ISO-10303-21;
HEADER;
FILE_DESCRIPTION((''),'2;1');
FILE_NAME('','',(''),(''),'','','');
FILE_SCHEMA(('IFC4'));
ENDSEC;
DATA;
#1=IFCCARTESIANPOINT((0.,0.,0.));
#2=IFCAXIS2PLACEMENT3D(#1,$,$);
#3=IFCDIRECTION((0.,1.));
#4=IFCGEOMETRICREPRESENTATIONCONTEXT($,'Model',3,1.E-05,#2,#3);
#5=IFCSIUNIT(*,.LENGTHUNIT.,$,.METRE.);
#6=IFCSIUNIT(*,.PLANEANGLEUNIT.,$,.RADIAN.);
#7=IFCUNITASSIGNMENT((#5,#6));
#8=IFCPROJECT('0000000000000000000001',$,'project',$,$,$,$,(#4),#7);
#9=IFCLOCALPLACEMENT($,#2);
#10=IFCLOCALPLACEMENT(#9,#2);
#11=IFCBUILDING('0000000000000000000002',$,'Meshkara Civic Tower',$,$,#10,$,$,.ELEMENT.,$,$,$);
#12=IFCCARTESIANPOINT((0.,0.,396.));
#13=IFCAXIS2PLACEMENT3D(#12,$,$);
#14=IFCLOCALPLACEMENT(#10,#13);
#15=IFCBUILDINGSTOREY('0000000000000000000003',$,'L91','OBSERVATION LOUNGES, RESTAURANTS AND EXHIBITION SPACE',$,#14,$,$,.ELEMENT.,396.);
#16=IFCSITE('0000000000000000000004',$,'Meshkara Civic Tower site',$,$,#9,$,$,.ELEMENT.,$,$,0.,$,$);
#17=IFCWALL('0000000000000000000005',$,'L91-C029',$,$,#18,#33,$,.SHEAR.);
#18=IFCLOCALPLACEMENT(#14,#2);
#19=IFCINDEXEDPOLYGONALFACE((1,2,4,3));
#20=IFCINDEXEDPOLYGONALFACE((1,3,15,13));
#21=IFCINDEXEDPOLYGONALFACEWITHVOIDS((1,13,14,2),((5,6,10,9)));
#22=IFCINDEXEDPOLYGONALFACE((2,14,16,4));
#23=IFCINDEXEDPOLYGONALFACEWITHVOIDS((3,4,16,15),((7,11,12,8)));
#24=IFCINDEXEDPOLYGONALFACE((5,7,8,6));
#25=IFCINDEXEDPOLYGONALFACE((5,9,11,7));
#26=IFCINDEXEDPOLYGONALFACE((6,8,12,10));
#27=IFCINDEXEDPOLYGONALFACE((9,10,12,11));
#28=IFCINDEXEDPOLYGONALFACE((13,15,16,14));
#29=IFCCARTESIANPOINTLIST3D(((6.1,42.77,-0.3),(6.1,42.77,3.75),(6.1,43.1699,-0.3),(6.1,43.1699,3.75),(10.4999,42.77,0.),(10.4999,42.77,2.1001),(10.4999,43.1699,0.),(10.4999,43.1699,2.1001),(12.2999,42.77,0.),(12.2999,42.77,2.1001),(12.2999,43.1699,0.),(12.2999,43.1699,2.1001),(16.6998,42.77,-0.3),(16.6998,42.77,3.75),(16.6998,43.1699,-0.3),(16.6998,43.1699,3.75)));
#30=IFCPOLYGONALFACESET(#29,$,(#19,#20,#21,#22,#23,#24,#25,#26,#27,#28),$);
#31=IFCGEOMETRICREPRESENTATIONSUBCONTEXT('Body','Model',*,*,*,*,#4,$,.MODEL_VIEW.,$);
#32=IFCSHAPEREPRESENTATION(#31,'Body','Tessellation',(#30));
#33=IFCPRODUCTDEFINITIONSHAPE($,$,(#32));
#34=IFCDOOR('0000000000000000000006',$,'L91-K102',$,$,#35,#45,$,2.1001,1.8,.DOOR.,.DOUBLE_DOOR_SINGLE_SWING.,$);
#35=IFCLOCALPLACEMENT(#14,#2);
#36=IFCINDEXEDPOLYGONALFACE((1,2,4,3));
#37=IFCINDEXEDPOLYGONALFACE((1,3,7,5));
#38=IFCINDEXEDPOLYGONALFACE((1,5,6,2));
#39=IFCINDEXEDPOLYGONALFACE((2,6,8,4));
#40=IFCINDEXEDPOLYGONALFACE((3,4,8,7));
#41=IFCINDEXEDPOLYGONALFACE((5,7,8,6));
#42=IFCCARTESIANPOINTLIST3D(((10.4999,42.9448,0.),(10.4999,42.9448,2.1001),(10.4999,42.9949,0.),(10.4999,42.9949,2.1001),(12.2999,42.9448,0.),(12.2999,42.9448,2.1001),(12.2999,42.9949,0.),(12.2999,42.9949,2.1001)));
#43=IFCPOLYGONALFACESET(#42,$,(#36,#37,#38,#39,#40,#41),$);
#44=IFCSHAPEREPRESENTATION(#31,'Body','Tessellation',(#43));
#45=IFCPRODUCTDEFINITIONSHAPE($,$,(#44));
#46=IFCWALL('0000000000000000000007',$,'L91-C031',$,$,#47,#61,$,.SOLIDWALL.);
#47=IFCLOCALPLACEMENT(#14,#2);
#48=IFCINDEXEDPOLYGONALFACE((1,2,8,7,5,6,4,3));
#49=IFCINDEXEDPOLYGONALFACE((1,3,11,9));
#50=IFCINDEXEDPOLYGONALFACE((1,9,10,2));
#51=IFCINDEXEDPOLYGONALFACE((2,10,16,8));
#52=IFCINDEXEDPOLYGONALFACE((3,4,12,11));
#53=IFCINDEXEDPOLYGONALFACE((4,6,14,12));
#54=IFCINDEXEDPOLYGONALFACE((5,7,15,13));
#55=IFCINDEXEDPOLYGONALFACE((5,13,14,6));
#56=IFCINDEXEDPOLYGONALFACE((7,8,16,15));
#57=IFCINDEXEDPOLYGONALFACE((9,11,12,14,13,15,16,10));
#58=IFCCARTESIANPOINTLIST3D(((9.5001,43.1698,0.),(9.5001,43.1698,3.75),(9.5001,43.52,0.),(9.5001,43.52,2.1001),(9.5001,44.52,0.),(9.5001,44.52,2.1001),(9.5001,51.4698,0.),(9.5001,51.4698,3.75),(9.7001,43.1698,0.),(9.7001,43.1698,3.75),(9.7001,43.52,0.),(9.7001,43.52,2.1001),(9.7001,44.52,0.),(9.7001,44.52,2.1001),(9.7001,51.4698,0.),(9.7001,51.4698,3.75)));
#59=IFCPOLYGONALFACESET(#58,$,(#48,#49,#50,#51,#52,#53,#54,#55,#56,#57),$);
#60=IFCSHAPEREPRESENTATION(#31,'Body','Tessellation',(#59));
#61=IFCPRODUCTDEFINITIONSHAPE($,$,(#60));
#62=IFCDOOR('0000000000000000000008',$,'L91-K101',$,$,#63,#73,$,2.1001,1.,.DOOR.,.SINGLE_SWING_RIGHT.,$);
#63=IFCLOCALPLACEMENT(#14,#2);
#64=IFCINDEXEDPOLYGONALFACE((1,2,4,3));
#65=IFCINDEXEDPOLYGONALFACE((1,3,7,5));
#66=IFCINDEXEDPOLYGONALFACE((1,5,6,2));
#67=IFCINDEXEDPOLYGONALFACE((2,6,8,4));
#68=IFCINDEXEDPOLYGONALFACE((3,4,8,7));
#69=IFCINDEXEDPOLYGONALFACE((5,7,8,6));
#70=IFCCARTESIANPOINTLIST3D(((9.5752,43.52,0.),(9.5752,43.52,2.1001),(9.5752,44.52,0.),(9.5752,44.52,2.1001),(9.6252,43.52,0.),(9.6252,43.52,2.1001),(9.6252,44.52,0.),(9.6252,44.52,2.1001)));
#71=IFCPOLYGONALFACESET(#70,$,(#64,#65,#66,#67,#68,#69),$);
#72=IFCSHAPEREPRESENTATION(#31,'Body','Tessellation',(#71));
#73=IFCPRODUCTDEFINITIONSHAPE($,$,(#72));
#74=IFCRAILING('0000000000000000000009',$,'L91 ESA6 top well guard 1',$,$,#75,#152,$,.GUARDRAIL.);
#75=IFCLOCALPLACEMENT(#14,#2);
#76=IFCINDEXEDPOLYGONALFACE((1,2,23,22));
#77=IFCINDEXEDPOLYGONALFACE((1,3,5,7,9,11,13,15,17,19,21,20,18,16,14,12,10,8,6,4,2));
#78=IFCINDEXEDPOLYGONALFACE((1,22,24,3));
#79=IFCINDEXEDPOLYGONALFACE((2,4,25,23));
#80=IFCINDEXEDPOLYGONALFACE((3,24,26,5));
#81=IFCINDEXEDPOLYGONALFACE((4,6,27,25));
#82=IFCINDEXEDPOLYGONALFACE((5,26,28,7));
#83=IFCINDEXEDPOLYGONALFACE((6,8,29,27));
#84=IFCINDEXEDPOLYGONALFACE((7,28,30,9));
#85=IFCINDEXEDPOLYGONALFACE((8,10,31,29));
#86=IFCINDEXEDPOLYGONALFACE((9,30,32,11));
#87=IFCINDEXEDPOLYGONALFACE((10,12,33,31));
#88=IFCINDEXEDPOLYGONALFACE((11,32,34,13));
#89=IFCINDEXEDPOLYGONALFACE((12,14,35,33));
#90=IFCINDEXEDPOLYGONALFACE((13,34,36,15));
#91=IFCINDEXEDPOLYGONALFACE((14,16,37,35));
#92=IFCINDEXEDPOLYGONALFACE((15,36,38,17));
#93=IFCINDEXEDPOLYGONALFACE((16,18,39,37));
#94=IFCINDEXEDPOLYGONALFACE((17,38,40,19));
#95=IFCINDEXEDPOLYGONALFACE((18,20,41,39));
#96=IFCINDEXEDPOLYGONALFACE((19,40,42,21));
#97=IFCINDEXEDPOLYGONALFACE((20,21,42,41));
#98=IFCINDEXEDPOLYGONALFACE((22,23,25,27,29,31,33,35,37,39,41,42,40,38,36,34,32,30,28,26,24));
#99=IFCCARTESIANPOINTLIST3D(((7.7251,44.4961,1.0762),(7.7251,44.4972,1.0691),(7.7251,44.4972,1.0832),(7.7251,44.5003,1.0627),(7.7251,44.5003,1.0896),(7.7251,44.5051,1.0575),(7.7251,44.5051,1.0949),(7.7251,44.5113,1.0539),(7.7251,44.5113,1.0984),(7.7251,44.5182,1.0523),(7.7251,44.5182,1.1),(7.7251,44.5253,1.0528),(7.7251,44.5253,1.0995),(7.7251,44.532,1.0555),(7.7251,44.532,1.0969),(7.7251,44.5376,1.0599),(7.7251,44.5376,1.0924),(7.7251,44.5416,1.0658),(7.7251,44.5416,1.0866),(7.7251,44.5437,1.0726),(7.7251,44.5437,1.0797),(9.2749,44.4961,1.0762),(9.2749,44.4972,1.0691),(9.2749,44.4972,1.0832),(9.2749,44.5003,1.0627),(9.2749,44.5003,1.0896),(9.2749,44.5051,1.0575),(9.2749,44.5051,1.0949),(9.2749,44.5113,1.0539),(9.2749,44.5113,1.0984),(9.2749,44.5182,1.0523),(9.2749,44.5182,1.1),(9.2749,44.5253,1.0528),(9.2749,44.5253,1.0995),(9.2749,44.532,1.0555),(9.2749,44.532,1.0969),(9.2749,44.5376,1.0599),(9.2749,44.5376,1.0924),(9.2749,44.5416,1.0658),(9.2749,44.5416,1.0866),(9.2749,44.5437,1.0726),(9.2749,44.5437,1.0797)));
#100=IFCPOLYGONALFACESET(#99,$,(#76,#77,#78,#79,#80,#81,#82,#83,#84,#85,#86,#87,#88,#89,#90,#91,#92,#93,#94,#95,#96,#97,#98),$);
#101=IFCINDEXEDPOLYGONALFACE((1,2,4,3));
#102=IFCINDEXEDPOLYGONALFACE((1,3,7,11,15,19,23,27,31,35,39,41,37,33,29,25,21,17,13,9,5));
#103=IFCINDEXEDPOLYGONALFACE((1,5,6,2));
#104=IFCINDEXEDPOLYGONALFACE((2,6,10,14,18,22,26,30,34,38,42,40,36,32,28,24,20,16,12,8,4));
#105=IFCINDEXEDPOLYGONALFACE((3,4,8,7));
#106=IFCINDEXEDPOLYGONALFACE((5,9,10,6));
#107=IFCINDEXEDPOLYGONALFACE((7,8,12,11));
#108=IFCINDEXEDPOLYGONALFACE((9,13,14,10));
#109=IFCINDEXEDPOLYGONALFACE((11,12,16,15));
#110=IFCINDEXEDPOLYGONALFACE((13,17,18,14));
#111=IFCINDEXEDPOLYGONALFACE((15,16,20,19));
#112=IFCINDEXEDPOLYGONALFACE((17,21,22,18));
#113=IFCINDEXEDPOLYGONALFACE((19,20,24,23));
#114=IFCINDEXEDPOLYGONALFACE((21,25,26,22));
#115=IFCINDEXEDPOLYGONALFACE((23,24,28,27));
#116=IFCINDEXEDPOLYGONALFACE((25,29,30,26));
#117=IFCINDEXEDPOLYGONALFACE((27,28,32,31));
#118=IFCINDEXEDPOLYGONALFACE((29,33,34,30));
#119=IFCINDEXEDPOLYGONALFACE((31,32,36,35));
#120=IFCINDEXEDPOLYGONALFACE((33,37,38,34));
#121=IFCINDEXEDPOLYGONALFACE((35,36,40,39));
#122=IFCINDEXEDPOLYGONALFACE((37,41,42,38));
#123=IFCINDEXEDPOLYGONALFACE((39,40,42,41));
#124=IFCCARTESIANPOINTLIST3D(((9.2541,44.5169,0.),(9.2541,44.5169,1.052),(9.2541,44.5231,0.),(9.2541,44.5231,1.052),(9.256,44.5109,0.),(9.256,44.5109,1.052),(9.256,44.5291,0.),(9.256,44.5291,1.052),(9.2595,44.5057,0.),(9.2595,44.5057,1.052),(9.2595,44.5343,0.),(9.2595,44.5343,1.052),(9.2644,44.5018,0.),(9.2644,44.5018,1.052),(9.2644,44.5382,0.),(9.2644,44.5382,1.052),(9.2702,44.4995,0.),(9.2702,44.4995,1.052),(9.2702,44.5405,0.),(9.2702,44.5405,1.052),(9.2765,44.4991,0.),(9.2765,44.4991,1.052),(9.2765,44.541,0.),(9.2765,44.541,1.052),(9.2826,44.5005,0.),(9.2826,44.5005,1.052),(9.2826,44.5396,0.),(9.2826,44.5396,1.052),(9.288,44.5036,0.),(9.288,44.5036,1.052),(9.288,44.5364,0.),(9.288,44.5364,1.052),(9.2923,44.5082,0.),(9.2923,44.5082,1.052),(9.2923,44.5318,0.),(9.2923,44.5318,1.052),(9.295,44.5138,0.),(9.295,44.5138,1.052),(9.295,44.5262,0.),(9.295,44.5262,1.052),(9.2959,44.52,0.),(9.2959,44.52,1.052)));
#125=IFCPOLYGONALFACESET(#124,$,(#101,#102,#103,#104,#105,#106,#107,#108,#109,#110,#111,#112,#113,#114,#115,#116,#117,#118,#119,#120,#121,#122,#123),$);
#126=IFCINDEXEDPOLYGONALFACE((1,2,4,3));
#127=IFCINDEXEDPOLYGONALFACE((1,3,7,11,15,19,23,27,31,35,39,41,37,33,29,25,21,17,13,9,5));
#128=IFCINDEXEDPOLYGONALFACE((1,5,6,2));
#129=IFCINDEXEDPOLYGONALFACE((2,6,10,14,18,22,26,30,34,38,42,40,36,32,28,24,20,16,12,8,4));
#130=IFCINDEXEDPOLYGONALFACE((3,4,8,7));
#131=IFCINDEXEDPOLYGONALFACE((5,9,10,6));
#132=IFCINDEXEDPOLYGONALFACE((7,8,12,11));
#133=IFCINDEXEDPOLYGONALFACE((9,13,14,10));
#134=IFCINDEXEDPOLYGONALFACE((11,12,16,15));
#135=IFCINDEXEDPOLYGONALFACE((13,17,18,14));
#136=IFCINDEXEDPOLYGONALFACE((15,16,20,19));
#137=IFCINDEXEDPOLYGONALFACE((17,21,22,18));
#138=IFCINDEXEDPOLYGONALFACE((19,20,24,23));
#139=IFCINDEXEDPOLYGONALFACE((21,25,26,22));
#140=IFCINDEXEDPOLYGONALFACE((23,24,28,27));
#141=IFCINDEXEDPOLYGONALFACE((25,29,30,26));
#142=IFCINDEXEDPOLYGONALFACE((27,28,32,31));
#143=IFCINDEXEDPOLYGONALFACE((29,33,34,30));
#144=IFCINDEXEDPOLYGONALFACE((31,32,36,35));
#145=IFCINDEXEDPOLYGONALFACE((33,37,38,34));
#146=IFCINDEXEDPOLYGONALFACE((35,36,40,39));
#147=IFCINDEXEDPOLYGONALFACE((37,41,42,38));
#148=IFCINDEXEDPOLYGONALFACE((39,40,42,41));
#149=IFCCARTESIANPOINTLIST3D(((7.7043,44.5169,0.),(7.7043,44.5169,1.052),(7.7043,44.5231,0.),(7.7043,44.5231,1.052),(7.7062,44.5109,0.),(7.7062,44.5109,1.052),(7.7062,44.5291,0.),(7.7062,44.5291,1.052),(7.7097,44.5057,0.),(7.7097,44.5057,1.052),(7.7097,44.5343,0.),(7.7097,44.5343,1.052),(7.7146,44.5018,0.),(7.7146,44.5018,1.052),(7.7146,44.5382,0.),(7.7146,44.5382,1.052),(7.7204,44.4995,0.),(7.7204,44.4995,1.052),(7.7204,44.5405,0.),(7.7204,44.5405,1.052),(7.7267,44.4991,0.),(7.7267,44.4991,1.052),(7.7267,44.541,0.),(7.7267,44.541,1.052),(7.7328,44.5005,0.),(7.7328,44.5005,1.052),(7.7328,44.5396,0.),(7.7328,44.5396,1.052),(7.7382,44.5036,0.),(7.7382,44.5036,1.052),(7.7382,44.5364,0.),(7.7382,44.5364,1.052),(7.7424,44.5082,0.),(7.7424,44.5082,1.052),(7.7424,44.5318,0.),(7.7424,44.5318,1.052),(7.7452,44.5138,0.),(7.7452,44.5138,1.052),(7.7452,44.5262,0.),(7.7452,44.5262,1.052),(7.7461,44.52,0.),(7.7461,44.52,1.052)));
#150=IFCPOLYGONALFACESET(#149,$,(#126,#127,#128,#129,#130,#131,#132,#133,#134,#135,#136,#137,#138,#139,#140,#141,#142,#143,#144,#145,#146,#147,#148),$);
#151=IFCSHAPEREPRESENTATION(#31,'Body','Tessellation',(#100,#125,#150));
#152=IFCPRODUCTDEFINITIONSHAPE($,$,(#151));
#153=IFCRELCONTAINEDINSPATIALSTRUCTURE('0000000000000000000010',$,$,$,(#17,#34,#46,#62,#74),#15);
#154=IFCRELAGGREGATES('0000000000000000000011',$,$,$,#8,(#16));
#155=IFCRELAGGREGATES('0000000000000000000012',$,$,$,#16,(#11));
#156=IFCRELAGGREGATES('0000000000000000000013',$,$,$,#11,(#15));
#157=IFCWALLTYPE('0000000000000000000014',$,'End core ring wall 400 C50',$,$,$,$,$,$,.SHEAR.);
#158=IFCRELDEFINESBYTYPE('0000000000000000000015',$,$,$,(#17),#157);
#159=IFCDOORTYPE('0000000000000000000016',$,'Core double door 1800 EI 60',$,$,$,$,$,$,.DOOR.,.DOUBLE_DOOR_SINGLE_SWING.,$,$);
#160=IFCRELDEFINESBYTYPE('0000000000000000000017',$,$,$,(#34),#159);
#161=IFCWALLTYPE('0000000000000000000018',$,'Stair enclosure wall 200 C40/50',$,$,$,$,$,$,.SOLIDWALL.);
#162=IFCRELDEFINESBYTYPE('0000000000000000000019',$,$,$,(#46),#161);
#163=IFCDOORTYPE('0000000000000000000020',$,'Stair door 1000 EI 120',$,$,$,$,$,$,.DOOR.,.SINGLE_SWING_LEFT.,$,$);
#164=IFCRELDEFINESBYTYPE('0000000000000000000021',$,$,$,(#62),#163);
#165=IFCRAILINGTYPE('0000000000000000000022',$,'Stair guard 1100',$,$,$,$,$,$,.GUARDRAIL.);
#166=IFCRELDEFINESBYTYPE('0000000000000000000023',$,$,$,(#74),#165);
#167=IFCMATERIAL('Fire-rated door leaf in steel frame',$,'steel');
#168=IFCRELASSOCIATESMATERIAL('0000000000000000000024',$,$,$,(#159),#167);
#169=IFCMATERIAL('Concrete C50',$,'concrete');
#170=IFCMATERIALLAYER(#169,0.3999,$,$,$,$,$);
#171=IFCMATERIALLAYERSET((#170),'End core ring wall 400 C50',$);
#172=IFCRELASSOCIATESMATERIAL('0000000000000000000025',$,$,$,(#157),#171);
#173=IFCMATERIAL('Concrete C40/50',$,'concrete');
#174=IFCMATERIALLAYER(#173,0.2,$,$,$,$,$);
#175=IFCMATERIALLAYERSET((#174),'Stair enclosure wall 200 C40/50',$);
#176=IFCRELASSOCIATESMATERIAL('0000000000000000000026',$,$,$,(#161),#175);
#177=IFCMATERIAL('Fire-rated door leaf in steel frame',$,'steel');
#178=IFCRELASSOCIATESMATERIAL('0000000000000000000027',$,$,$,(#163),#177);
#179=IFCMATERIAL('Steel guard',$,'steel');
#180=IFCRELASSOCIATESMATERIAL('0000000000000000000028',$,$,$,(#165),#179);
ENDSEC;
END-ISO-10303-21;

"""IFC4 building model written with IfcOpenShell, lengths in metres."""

from ifc_helpers import new_model, si_unit, direction, frame, frame_2d, origin, origin_2d, place, context, subcontext, project, spatial, rectangle, circle, extrude, material, layer, layer_set, type_object, element, fill, save


model = new_model("IFC4")

# Units and contexts
model_context = context("Model", 3, precision=1e-05, world=origin(), true_north=direction((0.0, 1.0)))
body_context = subcontext(model_context, "Body", "Model", "MODEL_VIEW")
ifc_project = project(units=[si_unit("LENGTHUNIT", "METRE"), si_unit("PLANEANGLEUNIT", "RADIAN")], contexts=[model_context])

# Site, building, storey
site_placement = place(None, origin())
site = spatial("IfcSite", under=ifc_project, at=site_placement, Name="Meshkara Civic Tower site", CompositionType="ELEMENT", RefElevation=0.0)
building_placement = place(site_placement, origin())
building = spatial("IfcBuilding", under=site, at=building_placement, Name="Meshkara Civic Tower", CompositionType="ELEMENT")
storey_placement = place(building_placement, frame((0.0, 0.0, 396.0)))
storey = spatial("IfcBuildingStorey", under=building, at=storey_placement, Name="L91", Description="OBSERVATION LOUNGES, RESTAURANTS AND EXHIBITION SPACE", CompositionType="ELEMENT", Elevation=396.0)

# Shared definitions
ifc_material_1 = material(Name="Fire-rated door leaf in steel frame", Category="steel")
door_type_1 = type_object("IfcDoorType", Name="Core double door 1800 EI 60", OperationType="DOUBLE_DOOR_SINGLE_SWING", PredefinedType="DOOR", material=ifc_material_1)

# Shared definitions
ifc_material_2 = material(Name="Concrete C50", Category="concrete")
ifc_layer_1 = layer(ifc_material_2, 0.3999)
ifc_layer_set_1 = layer_set([ifc_layer_1], Name="End core ring wall 400 C50")
wall_type_1 = type_object("IfcWallType", Name="End core ring wall 400 C50", PredefinedType="SHEAR", material=ifc_layer_set_1)

# Walls, openings, doors
wall_1_placement = place(storey_placement, frame((6.1001, 42.97, -0.3), z_axis=(0.0, 0.0, 1.0), x_axis=(1.0, 0.0, 0.0)))
wall_1 = element("IfcWall", 1, at=wall_1_placement, inside=storey, type_object=wall_type_1, Name="L91-C029", PredefinedType="SHEAR", context=body_context, shape_type="SweptSolid", body=[
    extrude(rectangle(XDim=10.5999, YDim=0.3999, at=frame_2d((5.2998, 0.0))), origin(), (0.0, 0.0, 1.0), 4.05),
])
opening_1_placement = place(wall_1_placement, frame((4.3999, 0.0, 0.3)))
opening_1 = element("IfcOpeningElement", 2, at=opening_1_placement, cuts=wall_1, PredefinedType="OPENING", context=body_context, shape_type="SweptSolid", body=[
    extrude(rectangle(XDim=1.8, YDim=2.1001, at=frame_2d((0.8999, 1.05))), frame((0.0, 0.21, 0.0), z_axis=(0.0, -1.0, 0.0), x_axis=(1.0, 0.0, 0.0)), (0.0, 0.0, 1.0), 0.4199),
])
door_1_placement = place(opening_1_placement, origin())
door_1 = element("IfcDoor", 3, at=door_1_placement, inside=storey, type_object=door_type_1, Name="L91-K102", OperationType="DOUBLE_DOOR_SINGLE_SWING", OverallHeight=2.1001, OverallWidth=1.8, PredefinedType="DOOR", context=body_context, shape_type="SweptSolid", body=[
    extrude(rectangle(XDim=1.8, YDim=2.1001, at=frame_2d((0.8999, 1.05))), frame((0.0, 0.0249, 0.0), z_axis=(0.0, -1.0, 0.0), x_axis=(1.0, 0.0, 0.0)), (0.0, 0.0, 1.0), 0.05),
])
fill(opening_1, door_1)
ifc_material_3 = material(Name="Concrete C40/50", Category="concrete")
ifc_layer_2 = layer(ifc_material_3, 0.2)
ifc_layer_set_2 = layer_set([ifc_layer_2], Name="Stair enclosure wall 200 C40/50")
wall_type_2 = type_object("IfcWallType", Name="Stair enclosure wall 200 C40/50", PredefinedType="SOLIDWALL", material=ifc_layer_set_2)
wall_2_placement = place(storey_placement, frame((9.6001, 43.1699, 0.0), z_axis=(0.0, 0.0, 1.0), x_axis=(0.0, 1.0, 0.0)))
wall_2 = element("IfcWall", 4, at=wall_2_placement, inside=storey, type_object=wall_type_2, Name="L91-C031", PredefinedType="SOLIDWALL", context=body_context, shape_type="SweptSolid", body=[
    extrude(rectangle(XDim=8.3, YDim=0.2, at=frame_2d((4.1499, 0.0))), origin(), (0.0, 0.0, 1.0), 3.75),
])
opening_2_placement = place(wall_2_placement, frame((0.3501, 0.0, 0.0)))
opening_2 = element("IfcOpeningElement", 5, at=opening_2_placement, cuts=wall_2, PredefinedType="OPENING", context=body_context, shape_type="SweptSolid", body=[
    extrude(rectangle(XDim=1.0, YDim=2.1001, at=frame_2d((0.5, 1.05))), frame((0.0, 0.1099, 0.0), z_axis=(0.0, -1.0, 0.0), x_axis=(1.0, 0.0, 0.0)), (0.0, 0.0, 1.0), 0.22),
])
ifc_material_4 = material(Name="Fire-rated door leaf in steel frame", Category="steel")
door_type_2 = type_object("IfcDoorType", Name="Stair door 1000 EI 120", OperationType="SINGLE_SWING_LEFT", PredefinedType="DOOR", material=ifc_material_4)
door_2_placement = place(opening_2_placement, origin())
door_2 = element("IfcDoor", 6, at=door_2_placement, inside=storey, type_object=door_type_2, Name="L91-K101", OperationType="SINGLE_SWING_RIGHT", OverallHeight=2.1001, OverallWidth=1.0, PredefinedType="DOOR", context=body_context, shape_type="SweptSolid", body=[
    extrude(rectangle(XDim=1.0, YDim=2.1001, at=frame_2d((0.5, 1.05))), frame((0.0, 0.0249, 0.0), z_axis=(0.0, -1.0, 0.0), x_axis=(1.0, 0.0, 0.0)), (0.0, 0.0, 1.0), 0.05),
])
fill(opening_2, door_2)

# Railing
ifc_material_5 = material(Name="Steel guard", Category="steel")
railing_type = type_object("IfcRailingType", Name="Stair guard 1100", PredefinedType="GUARDRAIL", material=ifc_material_5)
railing_placement = place(storey_placement, frame((9.2749, 44.52, 0.0)))
element("IfcRailing", 7, at=railing_placement, inside=storey, type_object=railing_type, Name="L91 ESA6 top well guard 1", PredefinedType="GUARDRAIL", context=body_context, shape_type="SweptSolid", body=[
    extrude(circle(Radius=0.0239, at=origin_2d()), frame((0.0, 0.0, 1.0762), z_axis=(-1.0, 0.0, 0.0), x_axis=(0.0, -1.0, 0.0)), (0.0, 0.0, 1.0), 1.5498),
    extrude(circle(Radius=0.021, at=origin_2d()), origin(), (0.0, 0.0, 1.0), 1.052),
    extrude(circle(Radius=0.021, at=origin_2d()), frame((-1.5498, 0.0, 0.0)), (0.0, 0.0, 1.0), 1.052),
])

save(model, "model.ifc")
